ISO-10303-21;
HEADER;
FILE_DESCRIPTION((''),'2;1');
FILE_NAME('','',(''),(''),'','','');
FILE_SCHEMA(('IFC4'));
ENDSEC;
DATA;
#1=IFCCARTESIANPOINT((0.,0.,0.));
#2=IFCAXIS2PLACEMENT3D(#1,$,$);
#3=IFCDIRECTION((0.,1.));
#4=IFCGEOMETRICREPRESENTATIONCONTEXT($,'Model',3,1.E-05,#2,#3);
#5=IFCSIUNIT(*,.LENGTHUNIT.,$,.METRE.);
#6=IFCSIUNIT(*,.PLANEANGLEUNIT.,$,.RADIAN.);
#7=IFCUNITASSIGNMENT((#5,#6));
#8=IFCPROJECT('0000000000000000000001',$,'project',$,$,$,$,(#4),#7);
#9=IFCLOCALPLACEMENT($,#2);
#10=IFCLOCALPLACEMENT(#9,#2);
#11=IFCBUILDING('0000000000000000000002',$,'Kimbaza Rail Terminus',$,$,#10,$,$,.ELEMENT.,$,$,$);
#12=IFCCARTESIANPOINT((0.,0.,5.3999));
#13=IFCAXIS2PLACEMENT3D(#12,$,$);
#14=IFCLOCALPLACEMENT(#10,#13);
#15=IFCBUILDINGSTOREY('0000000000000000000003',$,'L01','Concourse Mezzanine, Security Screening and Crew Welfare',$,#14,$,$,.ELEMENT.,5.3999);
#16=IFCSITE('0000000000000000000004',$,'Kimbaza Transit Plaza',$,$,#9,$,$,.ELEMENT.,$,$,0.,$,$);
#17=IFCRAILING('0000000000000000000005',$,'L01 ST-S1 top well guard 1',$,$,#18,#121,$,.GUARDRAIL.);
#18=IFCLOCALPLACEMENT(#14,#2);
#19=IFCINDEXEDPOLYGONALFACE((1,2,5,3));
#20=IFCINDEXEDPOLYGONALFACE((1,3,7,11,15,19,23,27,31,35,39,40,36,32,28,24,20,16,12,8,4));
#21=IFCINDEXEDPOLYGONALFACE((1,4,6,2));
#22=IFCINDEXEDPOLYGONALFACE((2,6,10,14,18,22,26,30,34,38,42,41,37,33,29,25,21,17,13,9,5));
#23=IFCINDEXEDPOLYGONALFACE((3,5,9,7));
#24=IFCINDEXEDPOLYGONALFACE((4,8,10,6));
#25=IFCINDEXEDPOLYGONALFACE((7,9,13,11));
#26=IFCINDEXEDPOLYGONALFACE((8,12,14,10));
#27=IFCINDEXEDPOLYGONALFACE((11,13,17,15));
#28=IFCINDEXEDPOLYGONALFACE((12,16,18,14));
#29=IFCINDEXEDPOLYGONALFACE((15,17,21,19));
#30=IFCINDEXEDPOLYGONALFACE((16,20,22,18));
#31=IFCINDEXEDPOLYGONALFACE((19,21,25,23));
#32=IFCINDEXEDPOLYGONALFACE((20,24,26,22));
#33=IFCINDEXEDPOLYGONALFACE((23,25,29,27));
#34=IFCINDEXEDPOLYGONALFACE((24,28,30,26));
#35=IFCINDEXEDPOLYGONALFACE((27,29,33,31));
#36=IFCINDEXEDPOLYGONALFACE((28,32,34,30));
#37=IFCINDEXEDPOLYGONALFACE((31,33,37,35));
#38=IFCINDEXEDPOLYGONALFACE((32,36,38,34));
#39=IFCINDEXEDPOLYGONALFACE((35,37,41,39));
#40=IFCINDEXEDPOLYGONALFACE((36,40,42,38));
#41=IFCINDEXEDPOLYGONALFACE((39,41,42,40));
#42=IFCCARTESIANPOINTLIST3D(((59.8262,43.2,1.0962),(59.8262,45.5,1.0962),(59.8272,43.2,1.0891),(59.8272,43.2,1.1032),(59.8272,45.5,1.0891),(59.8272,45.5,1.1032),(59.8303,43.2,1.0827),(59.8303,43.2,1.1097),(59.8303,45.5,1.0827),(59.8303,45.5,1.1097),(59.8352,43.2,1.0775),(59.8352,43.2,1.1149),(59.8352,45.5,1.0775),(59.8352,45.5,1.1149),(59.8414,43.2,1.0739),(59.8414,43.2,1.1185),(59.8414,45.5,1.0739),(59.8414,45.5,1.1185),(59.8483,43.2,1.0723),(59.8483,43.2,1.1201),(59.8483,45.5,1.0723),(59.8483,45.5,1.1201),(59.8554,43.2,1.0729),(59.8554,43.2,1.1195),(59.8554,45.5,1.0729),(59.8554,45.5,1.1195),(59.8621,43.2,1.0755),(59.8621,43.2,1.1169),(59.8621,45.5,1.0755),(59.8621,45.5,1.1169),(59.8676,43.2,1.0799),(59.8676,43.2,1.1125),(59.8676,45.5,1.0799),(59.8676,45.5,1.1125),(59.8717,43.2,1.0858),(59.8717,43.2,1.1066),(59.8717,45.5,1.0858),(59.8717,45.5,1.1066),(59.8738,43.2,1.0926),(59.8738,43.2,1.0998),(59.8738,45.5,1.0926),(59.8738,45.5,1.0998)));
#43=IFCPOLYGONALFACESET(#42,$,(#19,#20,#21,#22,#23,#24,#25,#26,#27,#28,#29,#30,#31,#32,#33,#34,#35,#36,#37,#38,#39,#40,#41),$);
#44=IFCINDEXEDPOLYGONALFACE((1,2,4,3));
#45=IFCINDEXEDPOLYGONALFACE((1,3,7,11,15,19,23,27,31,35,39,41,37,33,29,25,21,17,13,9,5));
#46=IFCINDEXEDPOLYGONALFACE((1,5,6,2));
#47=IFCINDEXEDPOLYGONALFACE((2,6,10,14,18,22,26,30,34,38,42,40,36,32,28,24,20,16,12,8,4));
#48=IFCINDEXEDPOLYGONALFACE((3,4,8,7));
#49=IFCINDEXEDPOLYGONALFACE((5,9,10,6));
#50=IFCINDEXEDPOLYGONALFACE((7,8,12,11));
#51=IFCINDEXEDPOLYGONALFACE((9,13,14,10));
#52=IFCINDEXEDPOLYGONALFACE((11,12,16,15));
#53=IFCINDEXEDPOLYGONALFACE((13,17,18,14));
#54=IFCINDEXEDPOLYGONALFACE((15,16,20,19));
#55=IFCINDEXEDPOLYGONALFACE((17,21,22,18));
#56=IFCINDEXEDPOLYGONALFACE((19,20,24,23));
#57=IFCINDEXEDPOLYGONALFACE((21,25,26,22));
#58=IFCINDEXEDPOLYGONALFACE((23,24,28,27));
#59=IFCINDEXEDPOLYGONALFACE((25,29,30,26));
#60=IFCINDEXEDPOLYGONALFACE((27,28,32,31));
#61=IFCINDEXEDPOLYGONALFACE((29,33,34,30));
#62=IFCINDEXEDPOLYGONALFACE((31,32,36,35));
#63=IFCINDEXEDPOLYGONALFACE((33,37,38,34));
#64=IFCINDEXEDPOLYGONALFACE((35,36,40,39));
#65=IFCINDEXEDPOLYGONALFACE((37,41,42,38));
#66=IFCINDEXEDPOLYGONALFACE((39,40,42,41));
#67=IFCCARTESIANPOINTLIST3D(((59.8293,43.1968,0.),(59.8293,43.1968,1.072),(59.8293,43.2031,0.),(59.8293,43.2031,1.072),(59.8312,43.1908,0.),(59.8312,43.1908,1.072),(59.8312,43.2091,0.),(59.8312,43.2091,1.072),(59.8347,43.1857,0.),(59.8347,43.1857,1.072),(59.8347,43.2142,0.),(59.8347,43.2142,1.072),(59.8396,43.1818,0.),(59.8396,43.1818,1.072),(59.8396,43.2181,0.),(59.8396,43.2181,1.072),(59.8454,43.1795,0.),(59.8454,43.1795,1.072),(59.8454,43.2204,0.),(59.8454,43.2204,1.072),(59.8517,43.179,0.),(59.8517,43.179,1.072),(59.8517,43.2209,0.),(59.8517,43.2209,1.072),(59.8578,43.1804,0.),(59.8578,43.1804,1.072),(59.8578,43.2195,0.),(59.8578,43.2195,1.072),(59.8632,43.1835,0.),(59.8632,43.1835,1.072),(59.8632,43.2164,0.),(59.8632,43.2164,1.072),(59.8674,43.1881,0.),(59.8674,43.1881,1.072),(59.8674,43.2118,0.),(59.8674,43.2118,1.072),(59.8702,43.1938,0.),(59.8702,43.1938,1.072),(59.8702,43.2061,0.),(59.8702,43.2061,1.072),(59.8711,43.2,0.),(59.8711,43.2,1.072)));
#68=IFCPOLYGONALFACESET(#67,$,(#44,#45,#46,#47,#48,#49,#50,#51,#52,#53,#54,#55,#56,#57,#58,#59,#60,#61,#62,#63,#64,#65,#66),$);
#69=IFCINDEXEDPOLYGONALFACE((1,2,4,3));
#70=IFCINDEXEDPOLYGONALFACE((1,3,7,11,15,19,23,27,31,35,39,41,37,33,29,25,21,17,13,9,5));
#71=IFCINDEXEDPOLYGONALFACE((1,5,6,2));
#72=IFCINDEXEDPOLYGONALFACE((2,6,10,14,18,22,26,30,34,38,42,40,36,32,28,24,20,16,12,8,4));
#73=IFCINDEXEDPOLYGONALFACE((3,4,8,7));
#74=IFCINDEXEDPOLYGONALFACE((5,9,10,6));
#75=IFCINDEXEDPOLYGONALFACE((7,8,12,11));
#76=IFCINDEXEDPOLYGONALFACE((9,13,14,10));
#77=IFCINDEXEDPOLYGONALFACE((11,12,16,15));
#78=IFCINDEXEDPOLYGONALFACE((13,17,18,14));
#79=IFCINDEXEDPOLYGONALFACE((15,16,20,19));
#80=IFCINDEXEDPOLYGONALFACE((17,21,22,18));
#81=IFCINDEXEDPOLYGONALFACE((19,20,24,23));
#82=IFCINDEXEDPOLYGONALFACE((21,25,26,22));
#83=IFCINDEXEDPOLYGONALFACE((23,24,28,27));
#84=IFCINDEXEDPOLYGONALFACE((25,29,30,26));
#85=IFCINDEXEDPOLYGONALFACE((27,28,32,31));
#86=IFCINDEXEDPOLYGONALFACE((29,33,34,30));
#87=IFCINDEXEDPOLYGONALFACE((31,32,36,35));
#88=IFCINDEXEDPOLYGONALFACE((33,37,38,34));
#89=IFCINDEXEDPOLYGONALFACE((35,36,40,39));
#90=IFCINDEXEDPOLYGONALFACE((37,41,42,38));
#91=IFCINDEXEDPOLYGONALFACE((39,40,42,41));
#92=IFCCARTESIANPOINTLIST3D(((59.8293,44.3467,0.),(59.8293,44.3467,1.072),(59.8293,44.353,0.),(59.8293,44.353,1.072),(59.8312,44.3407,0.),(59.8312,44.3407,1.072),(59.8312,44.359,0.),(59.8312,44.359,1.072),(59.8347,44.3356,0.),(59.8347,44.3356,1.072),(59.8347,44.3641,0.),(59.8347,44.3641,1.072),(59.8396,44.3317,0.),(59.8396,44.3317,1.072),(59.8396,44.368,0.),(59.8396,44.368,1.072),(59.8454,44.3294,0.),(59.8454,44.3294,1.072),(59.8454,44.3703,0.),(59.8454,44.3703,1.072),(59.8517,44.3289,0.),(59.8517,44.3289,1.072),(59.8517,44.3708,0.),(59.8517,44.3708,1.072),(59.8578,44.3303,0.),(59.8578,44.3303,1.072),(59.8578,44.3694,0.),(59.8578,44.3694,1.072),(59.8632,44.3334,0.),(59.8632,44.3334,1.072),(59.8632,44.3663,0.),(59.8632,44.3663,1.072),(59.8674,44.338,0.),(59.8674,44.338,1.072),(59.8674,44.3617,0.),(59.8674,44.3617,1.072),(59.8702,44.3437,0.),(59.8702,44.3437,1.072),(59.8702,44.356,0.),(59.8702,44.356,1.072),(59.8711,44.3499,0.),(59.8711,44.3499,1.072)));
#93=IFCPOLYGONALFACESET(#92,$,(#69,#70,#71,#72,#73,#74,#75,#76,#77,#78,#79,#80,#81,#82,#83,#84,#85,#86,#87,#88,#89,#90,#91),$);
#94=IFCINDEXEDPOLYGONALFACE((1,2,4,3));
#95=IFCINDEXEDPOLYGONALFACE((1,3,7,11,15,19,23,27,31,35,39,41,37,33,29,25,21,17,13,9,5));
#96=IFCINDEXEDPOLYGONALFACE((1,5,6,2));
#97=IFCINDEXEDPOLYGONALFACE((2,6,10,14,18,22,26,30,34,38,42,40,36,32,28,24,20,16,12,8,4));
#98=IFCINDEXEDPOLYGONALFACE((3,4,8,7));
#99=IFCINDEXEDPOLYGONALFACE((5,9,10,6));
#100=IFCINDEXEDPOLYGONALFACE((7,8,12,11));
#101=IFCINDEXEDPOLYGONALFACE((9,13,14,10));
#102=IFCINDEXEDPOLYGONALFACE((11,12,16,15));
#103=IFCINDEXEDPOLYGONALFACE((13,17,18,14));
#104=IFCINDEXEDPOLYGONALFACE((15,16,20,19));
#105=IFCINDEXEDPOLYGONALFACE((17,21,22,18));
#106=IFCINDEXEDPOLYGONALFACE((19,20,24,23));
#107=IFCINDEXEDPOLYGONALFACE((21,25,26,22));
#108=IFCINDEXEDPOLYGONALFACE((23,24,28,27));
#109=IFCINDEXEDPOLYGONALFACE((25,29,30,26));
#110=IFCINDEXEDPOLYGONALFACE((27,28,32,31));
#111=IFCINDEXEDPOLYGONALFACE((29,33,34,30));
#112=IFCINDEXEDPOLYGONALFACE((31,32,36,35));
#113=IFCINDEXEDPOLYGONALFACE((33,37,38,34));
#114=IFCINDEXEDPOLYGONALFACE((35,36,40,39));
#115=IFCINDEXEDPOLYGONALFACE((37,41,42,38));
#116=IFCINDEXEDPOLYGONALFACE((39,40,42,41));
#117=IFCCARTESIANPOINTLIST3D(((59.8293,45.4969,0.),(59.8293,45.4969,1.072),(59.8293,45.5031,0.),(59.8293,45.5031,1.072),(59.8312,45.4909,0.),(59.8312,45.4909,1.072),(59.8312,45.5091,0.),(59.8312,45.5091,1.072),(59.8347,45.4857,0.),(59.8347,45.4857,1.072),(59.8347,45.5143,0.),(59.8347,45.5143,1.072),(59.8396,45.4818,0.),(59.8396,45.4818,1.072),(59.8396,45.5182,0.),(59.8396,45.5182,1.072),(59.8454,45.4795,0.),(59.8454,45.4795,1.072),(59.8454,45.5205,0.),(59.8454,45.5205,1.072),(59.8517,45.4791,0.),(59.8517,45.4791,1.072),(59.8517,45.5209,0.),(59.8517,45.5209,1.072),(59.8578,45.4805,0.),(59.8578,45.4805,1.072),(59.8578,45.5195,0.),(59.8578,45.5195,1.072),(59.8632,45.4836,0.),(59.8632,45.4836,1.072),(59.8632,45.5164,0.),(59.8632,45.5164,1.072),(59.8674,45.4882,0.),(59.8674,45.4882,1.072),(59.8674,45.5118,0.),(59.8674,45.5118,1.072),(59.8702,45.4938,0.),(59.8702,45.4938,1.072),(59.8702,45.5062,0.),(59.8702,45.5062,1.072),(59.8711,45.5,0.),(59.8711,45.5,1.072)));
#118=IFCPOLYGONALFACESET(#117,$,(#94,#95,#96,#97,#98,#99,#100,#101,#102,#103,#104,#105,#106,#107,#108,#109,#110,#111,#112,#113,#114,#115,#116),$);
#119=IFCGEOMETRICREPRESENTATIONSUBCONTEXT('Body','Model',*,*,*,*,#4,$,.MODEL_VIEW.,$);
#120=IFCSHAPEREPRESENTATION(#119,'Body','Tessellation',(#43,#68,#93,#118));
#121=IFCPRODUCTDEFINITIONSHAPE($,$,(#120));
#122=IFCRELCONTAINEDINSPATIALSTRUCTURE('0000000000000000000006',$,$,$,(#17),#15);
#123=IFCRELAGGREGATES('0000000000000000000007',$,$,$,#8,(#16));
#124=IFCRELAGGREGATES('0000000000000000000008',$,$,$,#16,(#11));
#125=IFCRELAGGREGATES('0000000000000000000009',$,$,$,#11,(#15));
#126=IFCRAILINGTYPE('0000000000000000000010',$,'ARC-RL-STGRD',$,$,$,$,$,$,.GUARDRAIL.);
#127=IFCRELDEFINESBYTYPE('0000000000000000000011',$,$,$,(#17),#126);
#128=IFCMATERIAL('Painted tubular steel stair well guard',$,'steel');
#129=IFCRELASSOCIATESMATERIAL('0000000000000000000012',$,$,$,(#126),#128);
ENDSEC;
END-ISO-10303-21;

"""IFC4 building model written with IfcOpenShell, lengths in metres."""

from ifc_helpers import new_model, si_unit, direction, frame, origin, origin_2d, place, context, subcontext, project, spatial, circle, extrude, material, type_object, element, save


model = new_model("IFC4")

# Units and contexts
model_context = context("Model", 3, precision=1e-05, world=origin(), true_north=direction((0.0, 1.0)))
body_context = subcontext(model_context, "Body", "Model", "MODEL_VIEW")
ifc_project = project(units=[si_unit("LENGTHUNIT", "METRE"), si_unit("PLANEANGLEUNIT", "RADIAN")], contexts=[model_context])

# Site, building, storey
site_placement = place(None, origin())
site = spatial("IfcSite", under=ifc_project, at=site_placement, Name="Kimbaza Transit Plaza", CompositionType="ELEMENT", RefElevation=0.0)
building_placement = place(site_placement, origin())
building = spatial("IfcBuilding", under=site, at=building_placement, Name="Kimbaza Rail Terminus", CompositionType="ELEMENT")
storey_placement = place(building_placement, frame((0.0, 0.0, 5.3999)))
storey = spatial("IfcBuildingStorey", under=building, at=storey_placement, Name="L01", Description="Concourse Mezzanine, Security Screening and Crew Welfare", CompositionType="ELEMENT", Elevation=5.3999)

# Railing
ifc_material_1 = material(Name="Painted tubular steel stair well guard", Category="steel")
railing_type = type_object("IfcRailingType", Name="ARC-RL-STGRD", PredefinedType="GUARDRAIL", material=ifc_material_1)
railing_placement = place(storey_placement, frame((59.8501, 43.2, 0.0)))
element("IfcRailing", 1, at=railing_placement, inside=storey, type_object=railing_type, Name="L01 ST-S1 top well guard 1", PredefinedType="GUARDRAIL", context=body_context, shape_type="SweptSolid", body=[
    extrude(circle(Radius=0.0239, at=origin_2d()), frame((0.0, 0.0, 1.0962), z_axis=(0.0, 1.0, 0.0), x_axis=(-1.0, 0.0, 0.0)), (0.0, 0.0, 1.0), 2.3),
    extrude(circle(Radius=0.021, at=origin_2d()), origin(), (0.0, 0.0, 1.0), 1.072),
    extrude(circle(Radius=0.021, at=origin_2d()), frame((0.0, 1.1499, 0.0)), (0.0, 0.0, 1.0), 1.072),
    extrude(circle(Radius=0.021, at=origin_2d()), frame((0.0, 2.3, 0.0)), (0.0, 0.0, 1.0), 1.072),
])

save(model, "model.ifc")
